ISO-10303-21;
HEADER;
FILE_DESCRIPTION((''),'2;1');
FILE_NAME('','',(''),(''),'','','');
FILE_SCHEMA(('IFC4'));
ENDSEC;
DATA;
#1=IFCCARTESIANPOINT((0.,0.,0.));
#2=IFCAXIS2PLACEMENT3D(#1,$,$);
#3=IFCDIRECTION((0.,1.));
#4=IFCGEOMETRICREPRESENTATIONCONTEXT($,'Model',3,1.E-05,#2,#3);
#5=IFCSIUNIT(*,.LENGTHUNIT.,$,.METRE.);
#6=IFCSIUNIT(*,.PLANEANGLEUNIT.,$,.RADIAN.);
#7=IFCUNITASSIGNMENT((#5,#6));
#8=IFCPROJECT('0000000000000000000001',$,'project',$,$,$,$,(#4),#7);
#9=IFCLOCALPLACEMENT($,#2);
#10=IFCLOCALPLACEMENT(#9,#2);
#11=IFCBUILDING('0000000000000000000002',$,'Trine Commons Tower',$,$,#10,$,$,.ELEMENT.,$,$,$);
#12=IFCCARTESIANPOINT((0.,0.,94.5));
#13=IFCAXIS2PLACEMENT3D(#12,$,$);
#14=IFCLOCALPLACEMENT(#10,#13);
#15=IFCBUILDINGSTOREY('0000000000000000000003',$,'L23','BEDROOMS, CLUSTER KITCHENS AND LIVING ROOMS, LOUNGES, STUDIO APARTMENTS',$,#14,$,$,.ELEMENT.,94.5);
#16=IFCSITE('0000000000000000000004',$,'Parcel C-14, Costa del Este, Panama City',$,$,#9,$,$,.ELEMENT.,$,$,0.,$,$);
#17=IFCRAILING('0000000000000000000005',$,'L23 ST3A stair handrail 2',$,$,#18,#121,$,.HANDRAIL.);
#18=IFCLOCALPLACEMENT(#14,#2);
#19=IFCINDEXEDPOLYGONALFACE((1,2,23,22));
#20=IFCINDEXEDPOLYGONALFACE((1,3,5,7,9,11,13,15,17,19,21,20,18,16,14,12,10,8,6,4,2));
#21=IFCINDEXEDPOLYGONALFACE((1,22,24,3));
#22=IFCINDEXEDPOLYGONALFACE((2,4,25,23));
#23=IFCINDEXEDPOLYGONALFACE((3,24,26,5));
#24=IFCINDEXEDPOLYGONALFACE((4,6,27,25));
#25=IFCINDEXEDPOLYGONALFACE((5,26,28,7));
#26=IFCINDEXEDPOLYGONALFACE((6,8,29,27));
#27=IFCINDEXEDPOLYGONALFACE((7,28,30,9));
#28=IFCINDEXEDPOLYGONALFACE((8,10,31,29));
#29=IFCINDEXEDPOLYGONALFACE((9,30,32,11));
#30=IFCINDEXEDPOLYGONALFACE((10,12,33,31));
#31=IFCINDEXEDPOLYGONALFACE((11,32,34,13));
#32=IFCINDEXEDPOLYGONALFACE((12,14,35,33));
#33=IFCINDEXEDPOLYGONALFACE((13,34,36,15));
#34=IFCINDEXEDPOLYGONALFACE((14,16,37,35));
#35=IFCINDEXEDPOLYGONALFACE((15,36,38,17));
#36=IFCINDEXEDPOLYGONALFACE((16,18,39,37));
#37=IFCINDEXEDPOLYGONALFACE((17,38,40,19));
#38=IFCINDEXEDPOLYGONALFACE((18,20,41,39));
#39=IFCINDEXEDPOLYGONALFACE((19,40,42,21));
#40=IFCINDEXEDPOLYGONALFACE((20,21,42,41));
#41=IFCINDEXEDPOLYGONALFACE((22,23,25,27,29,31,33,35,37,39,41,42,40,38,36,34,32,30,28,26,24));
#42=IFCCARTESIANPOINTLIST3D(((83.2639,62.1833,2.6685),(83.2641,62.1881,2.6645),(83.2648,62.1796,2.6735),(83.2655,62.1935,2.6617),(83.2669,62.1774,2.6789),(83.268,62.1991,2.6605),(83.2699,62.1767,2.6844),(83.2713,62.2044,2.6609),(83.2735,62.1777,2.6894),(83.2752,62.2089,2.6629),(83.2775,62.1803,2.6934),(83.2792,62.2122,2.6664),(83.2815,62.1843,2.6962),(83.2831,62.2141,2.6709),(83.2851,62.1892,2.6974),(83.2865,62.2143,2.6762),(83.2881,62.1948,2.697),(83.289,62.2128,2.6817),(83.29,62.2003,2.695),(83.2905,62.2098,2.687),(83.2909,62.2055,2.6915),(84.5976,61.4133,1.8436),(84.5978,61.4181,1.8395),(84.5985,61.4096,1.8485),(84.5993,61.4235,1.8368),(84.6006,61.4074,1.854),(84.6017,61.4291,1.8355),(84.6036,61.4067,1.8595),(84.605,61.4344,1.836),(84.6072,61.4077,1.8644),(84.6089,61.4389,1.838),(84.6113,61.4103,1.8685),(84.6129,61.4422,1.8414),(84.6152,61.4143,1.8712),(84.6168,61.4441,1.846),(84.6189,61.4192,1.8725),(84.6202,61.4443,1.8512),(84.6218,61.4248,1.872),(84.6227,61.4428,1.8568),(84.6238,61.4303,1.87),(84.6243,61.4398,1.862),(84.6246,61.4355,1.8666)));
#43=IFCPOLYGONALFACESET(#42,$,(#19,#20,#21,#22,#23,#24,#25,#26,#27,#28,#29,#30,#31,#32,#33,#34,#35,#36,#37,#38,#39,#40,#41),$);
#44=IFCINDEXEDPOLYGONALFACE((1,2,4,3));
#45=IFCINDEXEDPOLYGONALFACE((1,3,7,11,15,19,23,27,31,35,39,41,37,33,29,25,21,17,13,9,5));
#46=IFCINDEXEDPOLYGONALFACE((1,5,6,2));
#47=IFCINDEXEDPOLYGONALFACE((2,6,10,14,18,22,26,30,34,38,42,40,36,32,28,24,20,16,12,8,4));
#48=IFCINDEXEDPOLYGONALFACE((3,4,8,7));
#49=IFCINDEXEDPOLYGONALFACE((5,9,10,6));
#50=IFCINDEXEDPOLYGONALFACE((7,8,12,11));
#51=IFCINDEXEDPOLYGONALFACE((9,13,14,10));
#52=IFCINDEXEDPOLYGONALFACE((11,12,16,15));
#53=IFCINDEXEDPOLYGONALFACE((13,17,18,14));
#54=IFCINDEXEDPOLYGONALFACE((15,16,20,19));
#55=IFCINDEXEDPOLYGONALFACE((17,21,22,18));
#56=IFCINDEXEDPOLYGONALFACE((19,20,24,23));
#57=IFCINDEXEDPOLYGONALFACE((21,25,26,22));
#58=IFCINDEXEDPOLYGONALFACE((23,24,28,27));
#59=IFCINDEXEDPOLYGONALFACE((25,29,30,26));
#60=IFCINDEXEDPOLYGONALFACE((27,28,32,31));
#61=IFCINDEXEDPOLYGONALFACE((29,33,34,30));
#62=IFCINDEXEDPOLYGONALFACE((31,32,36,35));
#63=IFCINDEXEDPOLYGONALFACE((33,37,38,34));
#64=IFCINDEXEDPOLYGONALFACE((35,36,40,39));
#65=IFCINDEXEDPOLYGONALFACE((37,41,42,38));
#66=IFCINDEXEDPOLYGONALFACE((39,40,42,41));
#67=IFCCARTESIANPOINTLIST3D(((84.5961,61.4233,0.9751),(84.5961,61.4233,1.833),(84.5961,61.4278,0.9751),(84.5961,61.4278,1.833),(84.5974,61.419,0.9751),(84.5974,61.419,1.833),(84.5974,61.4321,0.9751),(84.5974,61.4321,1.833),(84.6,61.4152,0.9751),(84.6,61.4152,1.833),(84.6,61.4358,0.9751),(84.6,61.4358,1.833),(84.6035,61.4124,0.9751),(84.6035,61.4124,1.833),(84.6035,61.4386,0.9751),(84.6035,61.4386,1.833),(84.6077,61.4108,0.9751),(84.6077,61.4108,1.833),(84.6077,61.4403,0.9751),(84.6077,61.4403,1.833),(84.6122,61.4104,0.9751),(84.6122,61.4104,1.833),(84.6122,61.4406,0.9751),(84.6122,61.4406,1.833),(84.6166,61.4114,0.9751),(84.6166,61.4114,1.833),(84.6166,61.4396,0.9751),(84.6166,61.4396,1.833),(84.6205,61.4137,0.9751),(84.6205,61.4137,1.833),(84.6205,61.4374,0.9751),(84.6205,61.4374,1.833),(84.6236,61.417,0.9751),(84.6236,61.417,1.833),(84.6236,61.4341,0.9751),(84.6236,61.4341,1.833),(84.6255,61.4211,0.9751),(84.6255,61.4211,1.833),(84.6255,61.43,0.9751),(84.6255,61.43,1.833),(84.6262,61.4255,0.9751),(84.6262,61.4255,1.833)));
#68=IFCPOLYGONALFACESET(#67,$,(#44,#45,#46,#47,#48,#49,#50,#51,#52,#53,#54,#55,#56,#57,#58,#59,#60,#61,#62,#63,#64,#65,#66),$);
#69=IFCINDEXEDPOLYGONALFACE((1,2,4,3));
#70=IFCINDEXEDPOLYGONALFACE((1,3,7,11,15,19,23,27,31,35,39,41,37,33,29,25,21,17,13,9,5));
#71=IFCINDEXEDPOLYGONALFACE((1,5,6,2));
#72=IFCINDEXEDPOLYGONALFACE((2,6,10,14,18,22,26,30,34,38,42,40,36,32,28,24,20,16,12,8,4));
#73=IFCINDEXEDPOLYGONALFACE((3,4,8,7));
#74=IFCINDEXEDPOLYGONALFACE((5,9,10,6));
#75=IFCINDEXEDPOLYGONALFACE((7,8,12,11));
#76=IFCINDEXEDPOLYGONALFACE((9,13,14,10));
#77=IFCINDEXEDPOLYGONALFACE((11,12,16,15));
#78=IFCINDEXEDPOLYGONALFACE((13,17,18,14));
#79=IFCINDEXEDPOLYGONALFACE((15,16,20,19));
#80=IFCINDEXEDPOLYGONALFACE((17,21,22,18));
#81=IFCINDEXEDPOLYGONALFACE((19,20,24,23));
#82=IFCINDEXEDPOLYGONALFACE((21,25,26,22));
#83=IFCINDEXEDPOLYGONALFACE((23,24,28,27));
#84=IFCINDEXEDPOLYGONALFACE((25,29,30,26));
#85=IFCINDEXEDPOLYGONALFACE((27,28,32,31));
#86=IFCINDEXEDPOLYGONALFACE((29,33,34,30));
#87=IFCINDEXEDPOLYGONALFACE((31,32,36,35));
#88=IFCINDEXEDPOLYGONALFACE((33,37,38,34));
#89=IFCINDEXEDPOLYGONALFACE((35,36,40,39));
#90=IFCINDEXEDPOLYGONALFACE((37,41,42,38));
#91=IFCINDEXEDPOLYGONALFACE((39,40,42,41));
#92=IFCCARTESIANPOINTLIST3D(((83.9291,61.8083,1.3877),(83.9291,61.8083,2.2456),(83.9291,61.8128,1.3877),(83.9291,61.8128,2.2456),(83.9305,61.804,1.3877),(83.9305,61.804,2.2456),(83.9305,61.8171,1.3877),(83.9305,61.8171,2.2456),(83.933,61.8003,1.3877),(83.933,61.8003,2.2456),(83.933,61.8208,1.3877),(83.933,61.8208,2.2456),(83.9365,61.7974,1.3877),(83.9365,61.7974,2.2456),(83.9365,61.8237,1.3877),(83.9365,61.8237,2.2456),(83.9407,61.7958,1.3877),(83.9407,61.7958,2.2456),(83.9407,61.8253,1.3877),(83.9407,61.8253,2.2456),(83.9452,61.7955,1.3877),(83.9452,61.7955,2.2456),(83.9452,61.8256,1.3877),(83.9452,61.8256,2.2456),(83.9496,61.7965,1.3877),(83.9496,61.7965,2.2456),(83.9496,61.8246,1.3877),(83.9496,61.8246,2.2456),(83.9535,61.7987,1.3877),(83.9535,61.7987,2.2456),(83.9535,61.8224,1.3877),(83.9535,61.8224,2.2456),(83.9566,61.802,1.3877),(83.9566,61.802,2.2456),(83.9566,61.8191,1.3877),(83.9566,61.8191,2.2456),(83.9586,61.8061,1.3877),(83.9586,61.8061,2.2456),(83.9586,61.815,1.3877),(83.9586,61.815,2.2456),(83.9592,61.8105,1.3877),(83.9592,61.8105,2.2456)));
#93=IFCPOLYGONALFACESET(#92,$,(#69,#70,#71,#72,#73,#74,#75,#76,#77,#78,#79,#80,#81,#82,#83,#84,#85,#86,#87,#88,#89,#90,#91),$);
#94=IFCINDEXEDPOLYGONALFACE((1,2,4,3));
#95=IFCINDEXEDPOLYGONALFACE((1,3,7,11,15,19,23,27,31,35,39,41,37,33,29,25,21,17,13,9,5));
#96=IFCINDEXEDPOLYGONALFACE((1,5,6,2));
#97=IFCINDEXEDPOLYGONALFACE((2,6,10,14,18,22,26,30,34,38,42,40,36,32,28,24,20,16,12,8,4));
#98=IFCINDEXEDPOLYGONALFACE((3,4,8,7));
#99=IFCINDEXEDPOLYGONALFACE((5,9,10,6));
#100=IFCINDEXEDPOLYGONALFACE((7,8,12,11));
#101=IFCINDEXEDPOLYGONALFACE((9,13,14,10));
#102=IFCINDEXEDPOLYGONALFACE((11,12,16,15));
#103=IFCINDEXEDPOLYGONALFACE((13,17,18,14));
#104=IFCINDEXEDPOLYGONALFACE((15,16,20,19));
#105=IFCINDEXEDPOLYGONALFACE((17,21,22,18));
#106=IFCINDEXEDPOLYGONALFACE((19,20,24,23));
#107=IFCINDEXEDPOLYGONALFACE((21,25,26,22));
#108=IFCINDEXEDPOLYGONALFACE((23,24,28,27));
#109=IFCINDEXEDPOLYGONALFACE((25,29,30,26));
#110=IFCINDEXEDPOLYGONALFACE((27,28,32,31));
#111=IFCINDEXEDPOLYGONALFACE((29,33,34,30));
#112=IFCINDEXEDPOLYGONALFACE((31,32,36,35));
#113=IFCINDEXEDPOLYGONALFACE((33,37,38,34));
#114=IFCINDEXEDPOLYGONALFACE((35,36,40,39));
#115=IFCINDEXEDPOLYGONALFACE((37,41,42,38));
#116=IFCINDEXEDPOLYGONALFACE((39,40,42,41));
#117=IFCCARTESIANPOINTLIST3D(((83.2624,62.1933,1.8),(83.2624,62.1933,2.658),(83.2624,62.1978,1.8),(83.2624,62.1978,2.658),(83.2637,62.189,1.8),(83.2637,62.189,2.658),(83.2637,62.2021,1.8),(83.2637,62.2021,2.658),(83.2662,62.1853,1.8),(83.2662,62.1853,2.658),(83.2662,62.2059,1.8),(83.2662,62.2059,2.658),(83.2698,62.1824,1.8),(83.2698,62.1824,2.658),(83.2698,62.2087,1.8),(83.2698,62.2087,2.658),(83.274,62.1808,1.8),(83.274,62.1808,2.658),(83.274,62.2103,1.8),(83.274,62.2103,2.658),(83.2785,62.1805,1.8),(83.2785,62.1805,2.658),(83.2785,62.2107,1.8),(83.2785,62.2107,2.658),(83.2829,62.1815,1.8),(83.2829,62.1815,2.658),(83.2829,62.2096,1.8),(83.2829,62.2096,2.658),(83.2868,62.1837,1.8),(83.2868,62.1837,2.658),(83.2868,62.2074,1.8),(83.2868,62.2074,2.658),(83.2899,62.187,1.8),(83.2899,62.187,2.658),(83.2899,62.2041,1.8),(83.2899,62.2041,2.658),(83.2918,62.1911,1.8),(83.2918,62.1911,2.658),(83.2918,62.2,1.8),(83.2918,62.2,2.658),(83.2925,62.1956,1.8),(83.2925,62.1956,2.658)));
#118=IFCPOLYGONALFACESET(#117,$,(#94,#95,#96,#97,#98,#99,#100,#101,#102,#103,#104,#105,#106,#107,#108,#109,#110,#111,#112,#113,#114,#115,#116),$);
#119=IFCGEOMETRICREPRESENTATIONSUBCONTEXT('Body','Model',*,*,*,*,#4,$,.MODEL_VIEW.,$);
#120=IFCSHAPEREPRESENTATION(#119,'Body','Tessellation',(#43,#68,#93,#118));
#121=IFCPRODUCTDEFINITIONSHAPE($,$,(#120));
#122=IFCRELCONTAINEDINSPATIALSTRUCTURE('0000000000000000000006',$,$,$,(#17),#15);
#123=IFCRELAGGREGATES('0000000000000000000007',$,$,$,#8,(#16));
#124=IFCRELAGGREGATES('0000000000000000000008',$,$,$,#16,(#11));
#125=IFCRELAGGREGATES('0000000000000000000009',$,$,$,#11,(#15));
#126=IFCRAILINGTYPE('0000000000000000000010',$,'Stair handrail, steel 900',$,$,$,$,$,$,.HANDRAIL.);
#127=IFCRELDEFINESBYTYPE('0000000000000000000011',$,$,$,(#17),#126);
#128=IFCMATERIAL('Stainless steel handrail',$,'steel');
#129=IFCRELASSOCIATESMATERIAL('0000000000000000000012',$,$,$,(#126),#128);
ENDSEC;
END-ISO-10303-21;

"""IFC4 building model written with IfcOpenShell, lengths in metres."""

from ifc_helpers import new_model, si_unit, direction, frame, origin, origin_2d, place, context, subcontext, project, spatial, circle, extrude, material, type_object, element, save


model = new_model("IFC4")

# Units and contexts
model_context = context("Model", 3, precision=1e-05, world=origin(), true_north=direction((0.0, 1.0)))
body_context = subcontext(model_context, "Body", "Model", "MODEL_VIEW")
ifc_project = project(units=[si_unit("LENGTHUNIT", "METRE"), si_unit("PLANEANGLEUNIT", "RADIAN")], contexts=[model_context])

# Site, building, storey
site_placement = place(None, origin())
site = spatial("IfcSite", under=ifc_project, at=site_placement, Name="Parcel C-14, Costa del Este, Panama City", CompositionType="ELEMENT", RefElevation=0.0)
building_placement = place(site_placement, origin())
building = spatial("IfcBuilding", under=site, at=building_placement, Name="Trine Commons Tower", CompositionType="ELEMENT")
storey_placement = place(building_placement, frame((0.0, 0.0, 94.5)))
storey = spatial("IfcBuildingStorey", under=building, at=storey_placement, Name="L23", Description="BEDROOMS, CLUSTER KITCHENS AND LIVING ROOMS, LOUNGES, STUDIO APARTMENTS", CompositionType="ELEMENT", Elevation=94.5)

# Railing
ifc_material_1 = material(Name="Stainless steel handrail", Category="steel")
railing_type_1 = type_object("IfcRailingType", Name="Stair handrail, steel 900", PredefinedType="HANDRAIL", material=ifc_material_1)
railing_1_placement = place(storey_placement, frame((84.6111, 61.4255, 0.9751)))
element("IfcRailing", 1, at=railing_1_placement, inside=storey, type_object=railing_type_1, Name="L23 ST3A stair handrail 2", PredefinedType="HANDRAIL", context=body_context, shape_type="SweptSolid", body=[
    extrude(circle(Radius=0.021, at=origin_2d()), frame((0.0, 0.0, 0.8789), z_axis=(-0.763405, 0.440743, 0.472185), x_axis=(-0.499992, -0.86603, 0.0)), (0.0, 0.0, 1.0), 1.7471),
    extrude(circle(Radius=0.0151, at=origin_2d()), origin(), (0.0, 0.0, 1.0), 0.8579),
    extrude(circle(Radius=0.0151, at=origin_2d()), frame((-0.667, 0.385, 0.4126)), (0.0, 0.0, 1.0), 0.8579),
    extrude(circle(Radius=0.0151, at=origin_2d()), frame((-1.3337, 0.77, 0.825)), (0.0, 0.0, 1.0), 0.8579),
])

save(model, "model.ifc")
